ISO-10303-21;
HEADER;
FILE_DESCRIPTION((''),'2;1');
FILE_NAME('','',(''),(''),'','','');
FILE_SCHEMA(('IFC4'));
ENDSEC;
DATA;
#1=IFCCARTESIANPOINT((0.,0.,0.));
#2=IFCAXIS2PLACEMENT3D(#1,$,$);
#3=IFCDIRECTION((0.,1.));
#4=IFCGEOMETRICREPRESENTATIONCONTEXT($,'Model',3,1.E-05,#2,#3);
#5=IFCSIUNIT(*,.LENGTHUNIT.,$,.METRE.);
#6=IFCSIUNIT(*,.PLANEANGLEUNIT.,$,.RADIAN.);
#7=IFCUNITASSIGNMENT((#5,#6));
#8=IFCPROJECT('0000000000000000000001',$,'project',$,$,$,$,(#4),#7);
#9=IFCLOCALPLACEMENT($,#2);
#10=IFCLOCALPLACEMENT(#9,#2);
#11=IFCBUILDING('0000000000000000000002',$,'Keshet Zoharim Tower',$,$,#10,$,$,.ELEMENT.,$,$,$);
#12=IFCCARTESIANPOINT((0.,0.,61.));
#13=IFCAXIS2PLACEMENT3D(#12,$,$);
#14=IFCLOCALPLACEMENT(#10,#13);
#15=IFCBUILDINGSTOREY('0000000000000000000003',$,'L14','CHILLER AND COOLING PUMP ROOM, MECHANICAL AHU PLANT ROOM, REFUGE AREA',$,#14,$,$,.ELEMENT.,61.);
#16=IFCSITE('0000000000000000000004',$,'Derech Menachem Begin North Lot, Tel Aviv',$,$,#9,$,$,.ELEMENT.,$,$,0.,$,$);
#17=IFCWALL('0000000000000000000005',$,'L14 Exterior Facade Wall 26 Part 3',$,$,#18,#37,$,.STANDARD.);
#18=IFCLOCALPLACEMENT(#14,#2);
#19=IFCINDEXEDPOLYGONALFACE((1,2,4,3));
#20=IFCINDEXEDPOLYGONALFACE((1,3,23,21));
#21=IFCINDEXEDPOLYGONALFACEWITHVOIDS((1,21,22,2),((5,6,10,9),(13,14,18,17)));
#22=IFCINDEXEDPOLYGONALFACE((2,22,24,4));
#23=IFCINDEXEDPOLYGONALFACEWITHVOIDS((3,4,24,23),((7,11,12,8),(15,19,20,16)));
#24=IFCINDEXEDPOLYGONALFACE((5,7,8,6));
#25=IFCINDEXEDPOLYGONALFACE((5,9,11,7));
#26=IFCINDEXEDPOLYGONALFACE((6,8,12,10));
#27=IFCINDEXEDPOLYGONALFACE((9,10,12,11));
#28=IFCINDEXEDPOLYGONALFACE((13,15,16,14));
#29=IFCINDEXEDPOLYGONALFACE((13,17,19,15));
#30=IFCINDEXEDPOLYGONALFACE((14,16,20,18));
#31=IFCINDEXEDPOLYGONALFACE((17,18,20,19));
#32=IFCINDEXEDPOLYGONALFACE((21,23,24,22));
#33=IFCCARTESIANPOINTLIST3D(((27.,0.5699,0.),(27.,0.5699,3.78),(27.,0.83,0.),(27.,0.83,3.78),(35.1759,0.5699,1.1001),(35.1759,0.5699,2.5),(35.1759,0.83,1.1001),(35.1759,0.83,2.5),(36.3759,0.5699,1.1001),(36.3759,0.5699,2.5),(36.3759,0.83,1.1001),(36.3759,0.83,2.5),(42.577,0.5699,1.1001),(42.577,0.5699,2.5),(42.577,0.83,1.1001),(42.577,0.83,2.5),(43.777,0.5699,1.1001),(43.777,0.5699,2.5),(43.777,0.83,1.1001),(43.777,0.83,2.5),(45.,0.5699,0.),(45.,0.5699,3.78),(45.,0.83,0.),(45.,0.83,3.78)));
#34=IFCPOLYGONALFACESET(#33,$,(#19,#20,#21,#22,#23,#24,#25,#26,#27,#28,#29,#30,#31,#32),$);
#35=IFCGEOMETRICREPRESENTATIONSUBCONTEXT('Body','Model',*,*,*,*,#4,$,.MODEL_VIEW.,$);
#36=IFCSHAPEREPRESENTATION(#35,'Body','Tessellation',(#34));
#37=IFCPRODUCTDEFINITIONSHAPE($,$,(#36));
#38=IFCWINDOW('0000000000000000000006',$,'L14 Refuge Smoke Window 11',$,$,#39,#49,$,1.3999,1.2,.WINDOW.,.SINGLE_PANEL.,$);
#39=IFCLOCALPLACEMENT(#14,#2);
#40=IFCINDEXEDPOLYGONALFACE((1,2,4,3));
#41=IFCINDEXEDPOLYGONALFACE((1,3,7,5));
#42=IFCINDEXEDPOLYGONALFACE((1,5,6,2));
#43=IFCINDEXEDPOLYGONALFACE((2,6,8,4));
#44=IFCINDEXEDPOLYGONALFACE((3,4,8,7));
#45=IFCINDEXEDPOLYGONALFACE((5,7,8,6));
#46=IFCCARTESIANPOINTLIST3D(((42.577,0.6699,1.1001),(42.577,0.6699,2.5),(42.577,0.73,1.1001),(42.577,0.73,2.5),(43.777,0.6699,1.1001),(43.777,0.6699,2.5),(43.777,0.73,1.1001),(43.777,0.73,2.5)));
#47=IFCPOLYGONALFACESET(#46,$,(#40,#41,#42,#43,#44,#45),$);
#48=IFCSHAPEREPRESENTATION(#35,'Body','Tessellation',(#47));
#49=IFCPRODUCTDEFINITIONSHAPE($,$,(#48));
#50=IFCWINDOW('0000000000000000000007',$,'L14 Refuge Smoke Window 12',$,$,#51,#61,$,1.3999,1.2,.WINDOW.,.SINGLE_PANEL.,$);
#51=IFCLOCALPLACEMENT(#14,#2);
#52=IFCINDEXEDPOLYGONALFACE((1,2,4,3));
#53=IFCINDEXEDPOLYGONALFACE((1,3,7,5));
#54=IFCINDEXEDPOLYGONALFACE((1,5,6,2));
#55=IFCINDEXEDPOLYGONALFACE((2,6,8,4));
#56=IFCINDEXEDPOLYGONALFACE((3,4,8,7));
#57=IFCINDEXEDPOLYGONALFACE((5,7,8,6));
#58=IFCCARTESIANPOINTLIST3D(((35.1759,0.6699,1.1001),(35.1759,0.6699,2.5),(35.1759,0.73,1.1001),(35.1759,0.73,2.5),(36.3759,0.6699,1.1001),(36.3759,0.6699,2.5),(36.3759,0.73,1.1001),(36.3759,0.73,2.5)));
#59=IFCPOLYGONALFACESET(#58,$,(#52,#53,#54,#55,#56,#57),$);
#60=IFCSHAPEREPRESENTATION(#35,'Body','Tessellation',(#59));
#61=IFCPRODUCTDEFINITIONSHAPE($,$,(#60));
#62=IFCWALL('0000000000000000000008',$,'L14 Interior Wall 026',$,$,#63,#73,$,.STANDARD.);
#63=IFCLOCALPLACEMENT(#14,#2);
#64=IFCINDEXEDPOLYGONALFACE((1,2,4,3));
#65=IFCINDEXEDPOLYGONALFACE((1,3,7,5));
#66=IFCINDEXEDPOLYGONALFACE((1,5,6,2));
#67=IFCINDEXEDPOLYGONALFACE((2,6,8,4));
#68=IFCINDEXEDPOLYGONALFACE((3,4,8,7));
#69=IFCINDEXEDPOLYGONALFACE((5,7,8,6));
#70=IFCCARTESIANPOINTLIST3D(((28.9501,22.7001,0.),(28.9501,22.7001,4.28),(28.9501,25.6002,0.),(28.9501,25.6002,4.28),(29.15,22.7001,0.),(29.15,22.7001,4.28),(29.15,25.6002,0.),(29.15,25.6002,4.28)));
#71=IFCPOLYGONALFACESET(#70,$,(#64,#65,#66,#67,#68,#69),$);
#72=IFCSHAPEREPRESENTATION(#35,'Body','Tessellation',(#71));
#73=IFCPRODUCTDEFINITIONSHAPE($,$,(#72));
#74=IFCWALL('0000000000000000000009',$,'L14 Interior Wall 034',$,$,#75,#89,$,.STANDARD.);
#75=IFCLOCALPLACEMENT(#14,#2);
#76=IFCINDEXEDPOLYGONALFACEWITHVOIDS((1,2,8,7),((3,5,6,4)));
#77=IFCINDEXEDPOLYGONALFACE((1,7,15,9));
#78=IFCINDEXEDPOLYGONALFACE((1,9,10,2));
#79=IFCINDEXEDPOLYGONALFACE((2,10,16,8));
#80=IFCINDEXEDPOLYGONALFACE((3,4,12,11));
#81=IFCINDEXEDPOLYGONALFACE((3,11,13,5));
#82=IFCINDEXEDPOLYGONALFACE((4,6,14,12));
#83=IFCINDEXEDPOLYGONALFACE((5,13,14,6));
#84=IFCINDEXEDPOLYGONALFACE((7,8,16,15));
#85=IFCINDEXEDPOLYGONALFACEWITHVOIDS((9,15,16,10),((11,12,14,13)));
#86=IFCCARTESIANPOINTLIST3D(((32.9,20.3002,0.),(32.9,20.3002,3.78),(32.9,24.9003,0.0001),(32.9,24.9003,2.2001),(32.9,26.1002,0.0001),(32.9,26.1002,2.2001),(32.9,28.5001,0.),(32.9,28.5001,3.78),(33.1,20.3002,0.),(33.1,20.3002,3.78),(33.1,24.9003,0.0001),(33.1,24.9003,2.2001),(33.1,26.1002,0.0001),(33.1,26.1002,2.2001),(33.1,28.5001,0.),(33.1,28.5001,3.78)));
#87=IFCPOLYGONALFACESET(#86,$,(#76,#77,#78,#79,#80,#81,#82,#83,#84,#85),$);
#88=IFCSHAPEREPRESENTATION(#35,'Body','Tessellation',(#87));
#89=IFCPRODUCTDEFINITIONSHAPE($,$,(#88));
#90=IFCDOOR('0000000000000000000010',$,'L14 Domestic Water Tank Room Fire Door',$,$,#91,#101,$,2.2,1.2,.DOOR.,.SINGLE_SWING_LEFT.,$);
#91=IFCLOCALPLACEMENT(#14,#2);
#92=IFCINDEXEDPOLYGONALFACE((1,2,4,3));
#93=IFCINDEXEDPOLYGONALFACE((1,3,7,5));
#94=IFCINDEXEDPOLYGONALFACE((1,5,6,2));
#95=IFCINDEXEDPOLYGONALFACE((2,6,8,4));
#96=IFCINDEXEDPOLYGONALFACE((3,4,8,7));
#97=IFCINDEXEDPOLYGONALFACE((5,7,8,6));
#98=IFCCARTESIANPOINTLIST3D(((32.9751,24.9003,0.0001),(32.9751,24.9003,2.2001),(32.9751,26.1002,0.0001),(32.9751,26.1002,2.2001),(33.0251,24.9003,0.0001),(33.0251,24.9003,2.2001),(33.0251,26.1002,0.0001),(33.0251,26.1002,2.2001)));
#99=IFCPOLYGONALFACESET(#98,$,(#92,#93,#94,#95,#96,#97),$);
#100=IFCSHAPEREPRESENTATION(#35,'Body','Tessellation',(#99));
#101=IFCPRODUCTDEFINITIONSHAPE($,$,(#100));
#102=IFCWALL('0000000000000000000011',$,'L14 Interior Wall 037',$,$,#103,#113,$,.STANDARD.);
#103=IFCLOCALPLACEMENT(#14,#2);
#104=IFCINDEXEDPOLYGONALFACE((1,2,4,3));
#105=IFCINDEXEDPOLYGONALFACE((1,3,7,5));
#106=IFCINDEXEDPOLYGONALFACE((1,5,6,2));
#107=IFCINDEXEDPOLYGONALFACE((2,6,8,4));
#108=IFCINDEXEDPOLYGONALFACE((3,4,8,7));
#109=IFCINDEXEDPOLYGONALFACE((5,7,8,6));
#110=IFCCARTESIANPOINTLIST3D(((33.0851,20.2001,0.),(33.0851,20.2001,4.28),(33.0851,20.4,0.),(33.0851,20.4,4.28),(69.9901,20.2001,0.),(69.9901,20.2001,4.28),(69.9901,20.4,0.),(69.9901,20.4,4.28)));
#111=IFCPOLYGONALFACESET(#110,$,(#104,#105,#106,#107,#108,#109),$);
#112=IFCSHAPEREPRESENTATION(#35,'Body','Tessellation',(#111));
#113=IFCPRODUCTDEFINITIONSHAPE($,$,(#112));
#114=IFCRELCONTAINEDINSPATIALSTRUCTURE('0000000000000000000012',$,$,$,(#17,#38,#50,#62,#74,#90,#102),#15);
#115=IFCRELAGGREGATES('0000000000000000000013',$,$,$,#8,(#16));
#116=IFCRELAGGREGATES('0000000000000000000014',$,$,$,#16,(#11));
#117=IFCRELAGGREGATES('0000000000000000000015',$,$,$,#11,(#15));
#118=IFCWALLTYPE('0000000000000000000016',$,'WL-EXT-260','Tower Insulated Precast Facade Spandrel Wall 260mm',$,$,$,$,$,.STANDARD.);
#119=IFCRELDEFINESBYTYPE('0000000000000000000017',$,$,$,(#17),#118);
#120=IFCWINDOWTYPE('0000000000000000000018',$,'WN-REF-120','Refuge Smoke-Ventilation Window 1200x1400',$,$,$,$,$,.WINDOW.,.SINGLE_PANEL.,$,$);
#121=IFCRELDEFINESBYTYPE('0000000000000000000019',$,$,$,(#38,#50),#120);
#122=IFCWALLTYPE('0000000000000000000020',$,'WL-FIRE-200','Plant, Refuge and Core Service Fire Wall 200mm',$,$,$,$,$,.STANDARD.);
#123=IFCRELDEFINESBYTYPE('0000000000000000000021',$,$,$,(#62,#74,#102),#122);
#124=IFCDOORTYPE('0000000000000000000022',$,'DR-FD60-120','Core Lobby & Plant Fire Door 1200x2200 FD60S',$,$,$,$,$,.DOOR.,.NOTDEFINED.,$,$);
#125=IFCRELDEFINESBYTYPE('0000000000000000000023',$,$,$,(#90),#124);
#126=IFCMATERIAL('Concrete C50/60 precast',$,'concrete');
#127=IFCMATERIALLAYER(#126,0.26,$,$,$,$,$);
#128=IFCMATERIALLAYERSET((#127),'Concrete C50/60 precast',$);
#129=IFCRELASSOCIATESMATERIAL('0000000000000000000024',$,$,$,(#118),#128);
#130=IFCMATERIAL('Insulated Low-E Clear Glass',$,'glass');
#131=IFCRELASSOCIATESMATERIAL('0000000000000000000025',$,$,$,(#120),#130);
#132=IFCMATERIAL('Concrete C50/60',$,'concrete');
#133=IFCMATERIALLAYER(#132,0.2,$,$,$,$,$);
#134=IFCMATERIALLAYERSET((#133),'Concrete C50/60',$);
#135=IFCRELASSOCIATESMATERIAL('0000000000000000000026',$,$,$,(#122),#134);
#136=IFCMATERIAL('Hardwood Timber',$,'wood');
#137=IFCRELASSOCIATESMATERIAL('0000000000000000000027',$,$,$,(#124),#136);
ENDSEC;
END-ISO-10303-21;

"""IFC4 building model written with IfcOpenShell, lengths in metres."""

from ifc_helpers import new_model, si_unit, direction, frame, frame_2d, origin, place, context, subcontext, project, spatial, rectangle, extrude, material, layer, layer_set, type_object, element, fill, save


model = new_model("IFC4")

# Units and contexts
model_context = context("Model", 3, precision=1e-05, world=origin(), true_north=direction((0.0, 1.0)))
body_context = subcontext(model_context, "Body", "Model", "MODEL_VIEW")
ifc_project = project(units=[si_unit("LENGTHUNIT", "METRE"), si_unit("PLANEANGLEUNIT", "RADIAN")], contexts=[model_context])

# Site, building, storey
site_placement = place(None, origin())
site = spatial("IfcSite", under=ifc_project, at=site_placement, Name="Derech Menachem Begin North Lot, Tel Aviv", CompositionType="ELEMENT", RefElevation=0.0)
building_placement = place(site_placement, origin())
building = spatial("IfcBuilding", under=site, at=building_placement, Name="Keshet Zoharim Tower", CompositionType="ELEMENT")
storey_placement = place(building_placement, frame((0.0, 0.0, 61.0)))
storey = spatial("IfcBuildingStorey", under=building, at=storey_placement, Name="L14", Description="CHILLER AND COOLING PUMP ROOM, MECHANICAL AHU PLANT ROOM, REFUGE AREA", CompositionType="ELEMENT", Elevation=61.0)

# Wall, openings, windows
ifc_material_1 = material(Name="Concrete C50/60 precast", Category="concrete")
ifc_layer_1 = layer(ifc_material_1, 0.26)
ifc_layer_set_1 = layer_set([ifc_layer_1], Name="Concrete C50/60 precast")
wall_type_1 = type_object("IfcWallType", Name="WL-EXT-260", Description="Tower Insulated Precast Facade Spandrel Wall 260mm", PredefinedType="STANDARD", material=ifc_layer_set_1)
wall_1_placement = place(storey_placement, frame((45.0, 0.7, 0.0), z_axis=(0.0, 0.0, 1.0), x_axis=(-1.0, 0.0, 0.0)))
wall_1 = element("IfcWall", 1, at=wall_1_placement, inside=storey, type_object=wall_type_1, Name="L14 Exterior Facade Wall 26 Part 3", PredefinedType="STANDARD", context=body_context, shape_type="SweptSolid", body=[
    extrude(rectangle(XDim=18.0, YDim=0.26, at=frame_2d((9.0, 0.0))), origin(), (0.0, 0.0, 1.0), 3.78),
])
opening_1_placement = place(wall_1_placement, frame((1.2229, 0.0, 1.1001)))
opening_1 = element("IfcOpeningElement", 2, at=opening_1_placement, cuts=wall_1, PredefinedType="OPENING", context=body_context, shape_type="SweptSolid", body=[
    extrude(rectangle(XDim=1.2, YDim=1.3999, at=frame_2d((0.6001, 0.7))), frame((0.0, 0.1401, 0.0), z_axis=(0.0, -1.0, 0.0), x_axis=(1.0, 0.0, 0.0)), (0.0, 0.0, 1.0), 0.28),
])
opening_2_placement = place(wall_1_placement, frame((8.624, 0.0, 1.1001)))
opening_2 = element("IfcOpeningElement", 3, at=opening_2_placement, cuts=wall_1, PredefinedType="OPENING", context=body_context, shape_type="SweptSolid", body=[
    extrude(rectangle(XDim=1.2, YDim=1.3999, at=frame_2d((0.6001, 0.7))), frame((0.0, 0.1401, 0.0), z_axis=(0.0, -1.0, 0.0), x_axis=(1.0, 0.0, 0.0)), (0.0, 0.0, 1.0), 0.28),
])
ifc_material_2 = material(Name="Insulated Low-E Clear Glass", Category="glass")
window_type = type_object("IfcWindowType", Name="WN-REF-120", Description="Refuge Smoke-Ventilation Window 1200x1400", PartitioningType="SINGLE_PANEL", PredefinedType="WINDOW", material=ifc_material_2)
window_1_placement = place(opening_1_placement, origin())
window_1 = element("IfcWindow", 4, at=window_1_placement, inside=storey, type_object=window_type, Name="L14 Refuge Smoke Window 11", OverallHeight=1.3999, OverallWidth=1.2, PartitioningType="SINGLE_PANEL", PredefinedType="WINDOW", context=body_context, shape_type="SweptSolid", body=[
    extrude(rectangle(XDim=1.2, YDim=1.3999, at=frame_2d((0.6001, 0.7))), frame((0.0, 0.03, 0.0), z_axis=(0.0, -1.0, 0.0), x_axis=(1.0, 0.0, 0.0)), (0.0, 0.0, 1.0), 0.0601),
])
fill(opening_1, window_1)
window_2_placement = place(opening_2_placement, origin())
window_2 = element("IfcWindow", 5, at=window_2_placement, inside=storey, type_object=window_type, Name="L14 Refuge Smoke Window 12", OverallHeight=1.3999, OverallWidth=1.2, PartitioningType="SINGLE_PANEL", PredefinedType="WINDOW", context=body_context, shape_type="SweptSolid", body=[
    extrude(rectangle(XDim=1.2, YDim=1.3999, at=frame_2d((0.6001, 0.7))), frame((0.0, 0.03, 0.0), z_axis=(0.0, -1.0, 0.0), x_axis=(1.0, 0.0, 0.0)), (0.0, 0.0, 1.0), 0.0601),
])
fill(opening_2, window_2)

# Wall
ifc_material_3 = material(Name="Concrete C50/60", Category="concrete")
ifc_layer_2 = layer(ifc_material_3, 0.2)
ifc_layer_set_2 = layer_set([ifc_layer_2], Name="Concrete C50/60")
wall_type_2 = type_object("IfcWallType", Name="WL-FIRE-200", Description="Plant, Refuge and Core Service Fire Wall 200mm", PredefinedType="STANDARD", material=ifc_layer_set_2)
wall_2_placement = place(storey_placement, frame((29.05, 22.7, 0.0), z_axis=(0.0, 0.0, 1.0), x_axis=(0.0, 1.0, 0.0)))
element("IfcWall", 6, at=wall_2_placement, inside=storey, type_object=wall_type_2, Name="L14 Interior Wall 026", PredefinedType="STANDARD", context=body_context, shape_type="SweptSolid", body=[
    extrude(rectangle(XDim=2.9001, YDim=0.2, at=frame_2d((1.4502, 0.0))), origin(), (0.0, 0.0, 1.0), 4.28),
])

# Wall, opening, door
wall_3_placement = place(storey_placement, frame((33.0, 20.3, 0.0), z_axis=(0.0, 0.0, 1.0), x_axis=(0.0, 1.0, 0.0)))
wall_3 = element("IfcWall", 7, at=wall_3_placement, inside=storey, type_object=wall_type_2, Name="L14 Interior Wall 034", PredefinedType="STANDARD", context=body_context, shape_type="SweptSolid", body=[
    extrude(rectangle(XDim=8.2, YDim=0.2, at=frame_2d((4.1001, 0.0))), origin(), (0.0, 0.0, 1.0), 3.78),
])
opening_3_placement = place(wall_3_placement, frame((4.6001, 0.0, 0.0)))
opening_3 = element("IfcOpeningElement", 8, at=opening_3_placement, cuts=wall_3, PredefinedType="OPENING", context=body_context, shape_type="SweptSolid", body=[
    extrude(rectangle(XDim=1.2, YDim=2.2, at=frame_2d((0.6001, 1.1001))), frame((0.0, 0.1099, 0.0), z_axis=(0.0, -1.0, 0.0), x_axis=(1.0, 0.0, 0.0)), (0.0, 0.0, 1.0), 0.22),
])
ifc_material_4 = material(Name="Hardwood Timber", Category="wood")
door_type = type_object("IfcDoorType", Name="DR-FD60-120", Description="Core Lobby & Plant Fire Door 1200x2200 FD60S", OperationType="NOTDEFINED", PredefinedType="DOOR", material=ifc_material_4)
door_placement = place(opening_3_placement, origin())
door = element("IfcDoor", 9, at=door_placement, inside=storey, type_object=door_type, Name="L14 Domestic Water Tank Room Fire Door", OperationType="SINGLE_SWING_LEFT", OverallHeight=2.2, OverallWidth=1.2, PredefinedType="DOOR", context=body_context, shape_type="SweptSolid", body=[
    extrude(rectangle(XDim=1.2, YDim=2.2, at=frame_2d((0.6001, 1.1001))), frame((0.0, 0.0249, 0.0), z_axis=(0.0, -1.0, 0.0), x_axis=(1.0, 0.0, 0.0)), (0.0, 0.0, 1.0), 0.05),
])
fill(opening_3, door)

# Wall
wall_4_placement = place(storey_placement, frame((33.085, 20.3, 0.0), z_axis=(0.0, 0.0, 1.0), x_axis=(1.0, 0.0, 0.0)))
element("IfcWall", 10, at=wall_4_placement, inside=storey, type_object=wall_type_2, Name="L14 Interior Wall 037", PredefinedType="STANDARD", context=body_context, shape_type="SweptSolid", body=[
    extrude(rectangle(XDim=36.905, YDim=0.2, at=frame_2d((18.4526, 0.0))), origin(), (0.0, 0.0, 1.0), 4.28),
])

save(model, "model.ifc")
